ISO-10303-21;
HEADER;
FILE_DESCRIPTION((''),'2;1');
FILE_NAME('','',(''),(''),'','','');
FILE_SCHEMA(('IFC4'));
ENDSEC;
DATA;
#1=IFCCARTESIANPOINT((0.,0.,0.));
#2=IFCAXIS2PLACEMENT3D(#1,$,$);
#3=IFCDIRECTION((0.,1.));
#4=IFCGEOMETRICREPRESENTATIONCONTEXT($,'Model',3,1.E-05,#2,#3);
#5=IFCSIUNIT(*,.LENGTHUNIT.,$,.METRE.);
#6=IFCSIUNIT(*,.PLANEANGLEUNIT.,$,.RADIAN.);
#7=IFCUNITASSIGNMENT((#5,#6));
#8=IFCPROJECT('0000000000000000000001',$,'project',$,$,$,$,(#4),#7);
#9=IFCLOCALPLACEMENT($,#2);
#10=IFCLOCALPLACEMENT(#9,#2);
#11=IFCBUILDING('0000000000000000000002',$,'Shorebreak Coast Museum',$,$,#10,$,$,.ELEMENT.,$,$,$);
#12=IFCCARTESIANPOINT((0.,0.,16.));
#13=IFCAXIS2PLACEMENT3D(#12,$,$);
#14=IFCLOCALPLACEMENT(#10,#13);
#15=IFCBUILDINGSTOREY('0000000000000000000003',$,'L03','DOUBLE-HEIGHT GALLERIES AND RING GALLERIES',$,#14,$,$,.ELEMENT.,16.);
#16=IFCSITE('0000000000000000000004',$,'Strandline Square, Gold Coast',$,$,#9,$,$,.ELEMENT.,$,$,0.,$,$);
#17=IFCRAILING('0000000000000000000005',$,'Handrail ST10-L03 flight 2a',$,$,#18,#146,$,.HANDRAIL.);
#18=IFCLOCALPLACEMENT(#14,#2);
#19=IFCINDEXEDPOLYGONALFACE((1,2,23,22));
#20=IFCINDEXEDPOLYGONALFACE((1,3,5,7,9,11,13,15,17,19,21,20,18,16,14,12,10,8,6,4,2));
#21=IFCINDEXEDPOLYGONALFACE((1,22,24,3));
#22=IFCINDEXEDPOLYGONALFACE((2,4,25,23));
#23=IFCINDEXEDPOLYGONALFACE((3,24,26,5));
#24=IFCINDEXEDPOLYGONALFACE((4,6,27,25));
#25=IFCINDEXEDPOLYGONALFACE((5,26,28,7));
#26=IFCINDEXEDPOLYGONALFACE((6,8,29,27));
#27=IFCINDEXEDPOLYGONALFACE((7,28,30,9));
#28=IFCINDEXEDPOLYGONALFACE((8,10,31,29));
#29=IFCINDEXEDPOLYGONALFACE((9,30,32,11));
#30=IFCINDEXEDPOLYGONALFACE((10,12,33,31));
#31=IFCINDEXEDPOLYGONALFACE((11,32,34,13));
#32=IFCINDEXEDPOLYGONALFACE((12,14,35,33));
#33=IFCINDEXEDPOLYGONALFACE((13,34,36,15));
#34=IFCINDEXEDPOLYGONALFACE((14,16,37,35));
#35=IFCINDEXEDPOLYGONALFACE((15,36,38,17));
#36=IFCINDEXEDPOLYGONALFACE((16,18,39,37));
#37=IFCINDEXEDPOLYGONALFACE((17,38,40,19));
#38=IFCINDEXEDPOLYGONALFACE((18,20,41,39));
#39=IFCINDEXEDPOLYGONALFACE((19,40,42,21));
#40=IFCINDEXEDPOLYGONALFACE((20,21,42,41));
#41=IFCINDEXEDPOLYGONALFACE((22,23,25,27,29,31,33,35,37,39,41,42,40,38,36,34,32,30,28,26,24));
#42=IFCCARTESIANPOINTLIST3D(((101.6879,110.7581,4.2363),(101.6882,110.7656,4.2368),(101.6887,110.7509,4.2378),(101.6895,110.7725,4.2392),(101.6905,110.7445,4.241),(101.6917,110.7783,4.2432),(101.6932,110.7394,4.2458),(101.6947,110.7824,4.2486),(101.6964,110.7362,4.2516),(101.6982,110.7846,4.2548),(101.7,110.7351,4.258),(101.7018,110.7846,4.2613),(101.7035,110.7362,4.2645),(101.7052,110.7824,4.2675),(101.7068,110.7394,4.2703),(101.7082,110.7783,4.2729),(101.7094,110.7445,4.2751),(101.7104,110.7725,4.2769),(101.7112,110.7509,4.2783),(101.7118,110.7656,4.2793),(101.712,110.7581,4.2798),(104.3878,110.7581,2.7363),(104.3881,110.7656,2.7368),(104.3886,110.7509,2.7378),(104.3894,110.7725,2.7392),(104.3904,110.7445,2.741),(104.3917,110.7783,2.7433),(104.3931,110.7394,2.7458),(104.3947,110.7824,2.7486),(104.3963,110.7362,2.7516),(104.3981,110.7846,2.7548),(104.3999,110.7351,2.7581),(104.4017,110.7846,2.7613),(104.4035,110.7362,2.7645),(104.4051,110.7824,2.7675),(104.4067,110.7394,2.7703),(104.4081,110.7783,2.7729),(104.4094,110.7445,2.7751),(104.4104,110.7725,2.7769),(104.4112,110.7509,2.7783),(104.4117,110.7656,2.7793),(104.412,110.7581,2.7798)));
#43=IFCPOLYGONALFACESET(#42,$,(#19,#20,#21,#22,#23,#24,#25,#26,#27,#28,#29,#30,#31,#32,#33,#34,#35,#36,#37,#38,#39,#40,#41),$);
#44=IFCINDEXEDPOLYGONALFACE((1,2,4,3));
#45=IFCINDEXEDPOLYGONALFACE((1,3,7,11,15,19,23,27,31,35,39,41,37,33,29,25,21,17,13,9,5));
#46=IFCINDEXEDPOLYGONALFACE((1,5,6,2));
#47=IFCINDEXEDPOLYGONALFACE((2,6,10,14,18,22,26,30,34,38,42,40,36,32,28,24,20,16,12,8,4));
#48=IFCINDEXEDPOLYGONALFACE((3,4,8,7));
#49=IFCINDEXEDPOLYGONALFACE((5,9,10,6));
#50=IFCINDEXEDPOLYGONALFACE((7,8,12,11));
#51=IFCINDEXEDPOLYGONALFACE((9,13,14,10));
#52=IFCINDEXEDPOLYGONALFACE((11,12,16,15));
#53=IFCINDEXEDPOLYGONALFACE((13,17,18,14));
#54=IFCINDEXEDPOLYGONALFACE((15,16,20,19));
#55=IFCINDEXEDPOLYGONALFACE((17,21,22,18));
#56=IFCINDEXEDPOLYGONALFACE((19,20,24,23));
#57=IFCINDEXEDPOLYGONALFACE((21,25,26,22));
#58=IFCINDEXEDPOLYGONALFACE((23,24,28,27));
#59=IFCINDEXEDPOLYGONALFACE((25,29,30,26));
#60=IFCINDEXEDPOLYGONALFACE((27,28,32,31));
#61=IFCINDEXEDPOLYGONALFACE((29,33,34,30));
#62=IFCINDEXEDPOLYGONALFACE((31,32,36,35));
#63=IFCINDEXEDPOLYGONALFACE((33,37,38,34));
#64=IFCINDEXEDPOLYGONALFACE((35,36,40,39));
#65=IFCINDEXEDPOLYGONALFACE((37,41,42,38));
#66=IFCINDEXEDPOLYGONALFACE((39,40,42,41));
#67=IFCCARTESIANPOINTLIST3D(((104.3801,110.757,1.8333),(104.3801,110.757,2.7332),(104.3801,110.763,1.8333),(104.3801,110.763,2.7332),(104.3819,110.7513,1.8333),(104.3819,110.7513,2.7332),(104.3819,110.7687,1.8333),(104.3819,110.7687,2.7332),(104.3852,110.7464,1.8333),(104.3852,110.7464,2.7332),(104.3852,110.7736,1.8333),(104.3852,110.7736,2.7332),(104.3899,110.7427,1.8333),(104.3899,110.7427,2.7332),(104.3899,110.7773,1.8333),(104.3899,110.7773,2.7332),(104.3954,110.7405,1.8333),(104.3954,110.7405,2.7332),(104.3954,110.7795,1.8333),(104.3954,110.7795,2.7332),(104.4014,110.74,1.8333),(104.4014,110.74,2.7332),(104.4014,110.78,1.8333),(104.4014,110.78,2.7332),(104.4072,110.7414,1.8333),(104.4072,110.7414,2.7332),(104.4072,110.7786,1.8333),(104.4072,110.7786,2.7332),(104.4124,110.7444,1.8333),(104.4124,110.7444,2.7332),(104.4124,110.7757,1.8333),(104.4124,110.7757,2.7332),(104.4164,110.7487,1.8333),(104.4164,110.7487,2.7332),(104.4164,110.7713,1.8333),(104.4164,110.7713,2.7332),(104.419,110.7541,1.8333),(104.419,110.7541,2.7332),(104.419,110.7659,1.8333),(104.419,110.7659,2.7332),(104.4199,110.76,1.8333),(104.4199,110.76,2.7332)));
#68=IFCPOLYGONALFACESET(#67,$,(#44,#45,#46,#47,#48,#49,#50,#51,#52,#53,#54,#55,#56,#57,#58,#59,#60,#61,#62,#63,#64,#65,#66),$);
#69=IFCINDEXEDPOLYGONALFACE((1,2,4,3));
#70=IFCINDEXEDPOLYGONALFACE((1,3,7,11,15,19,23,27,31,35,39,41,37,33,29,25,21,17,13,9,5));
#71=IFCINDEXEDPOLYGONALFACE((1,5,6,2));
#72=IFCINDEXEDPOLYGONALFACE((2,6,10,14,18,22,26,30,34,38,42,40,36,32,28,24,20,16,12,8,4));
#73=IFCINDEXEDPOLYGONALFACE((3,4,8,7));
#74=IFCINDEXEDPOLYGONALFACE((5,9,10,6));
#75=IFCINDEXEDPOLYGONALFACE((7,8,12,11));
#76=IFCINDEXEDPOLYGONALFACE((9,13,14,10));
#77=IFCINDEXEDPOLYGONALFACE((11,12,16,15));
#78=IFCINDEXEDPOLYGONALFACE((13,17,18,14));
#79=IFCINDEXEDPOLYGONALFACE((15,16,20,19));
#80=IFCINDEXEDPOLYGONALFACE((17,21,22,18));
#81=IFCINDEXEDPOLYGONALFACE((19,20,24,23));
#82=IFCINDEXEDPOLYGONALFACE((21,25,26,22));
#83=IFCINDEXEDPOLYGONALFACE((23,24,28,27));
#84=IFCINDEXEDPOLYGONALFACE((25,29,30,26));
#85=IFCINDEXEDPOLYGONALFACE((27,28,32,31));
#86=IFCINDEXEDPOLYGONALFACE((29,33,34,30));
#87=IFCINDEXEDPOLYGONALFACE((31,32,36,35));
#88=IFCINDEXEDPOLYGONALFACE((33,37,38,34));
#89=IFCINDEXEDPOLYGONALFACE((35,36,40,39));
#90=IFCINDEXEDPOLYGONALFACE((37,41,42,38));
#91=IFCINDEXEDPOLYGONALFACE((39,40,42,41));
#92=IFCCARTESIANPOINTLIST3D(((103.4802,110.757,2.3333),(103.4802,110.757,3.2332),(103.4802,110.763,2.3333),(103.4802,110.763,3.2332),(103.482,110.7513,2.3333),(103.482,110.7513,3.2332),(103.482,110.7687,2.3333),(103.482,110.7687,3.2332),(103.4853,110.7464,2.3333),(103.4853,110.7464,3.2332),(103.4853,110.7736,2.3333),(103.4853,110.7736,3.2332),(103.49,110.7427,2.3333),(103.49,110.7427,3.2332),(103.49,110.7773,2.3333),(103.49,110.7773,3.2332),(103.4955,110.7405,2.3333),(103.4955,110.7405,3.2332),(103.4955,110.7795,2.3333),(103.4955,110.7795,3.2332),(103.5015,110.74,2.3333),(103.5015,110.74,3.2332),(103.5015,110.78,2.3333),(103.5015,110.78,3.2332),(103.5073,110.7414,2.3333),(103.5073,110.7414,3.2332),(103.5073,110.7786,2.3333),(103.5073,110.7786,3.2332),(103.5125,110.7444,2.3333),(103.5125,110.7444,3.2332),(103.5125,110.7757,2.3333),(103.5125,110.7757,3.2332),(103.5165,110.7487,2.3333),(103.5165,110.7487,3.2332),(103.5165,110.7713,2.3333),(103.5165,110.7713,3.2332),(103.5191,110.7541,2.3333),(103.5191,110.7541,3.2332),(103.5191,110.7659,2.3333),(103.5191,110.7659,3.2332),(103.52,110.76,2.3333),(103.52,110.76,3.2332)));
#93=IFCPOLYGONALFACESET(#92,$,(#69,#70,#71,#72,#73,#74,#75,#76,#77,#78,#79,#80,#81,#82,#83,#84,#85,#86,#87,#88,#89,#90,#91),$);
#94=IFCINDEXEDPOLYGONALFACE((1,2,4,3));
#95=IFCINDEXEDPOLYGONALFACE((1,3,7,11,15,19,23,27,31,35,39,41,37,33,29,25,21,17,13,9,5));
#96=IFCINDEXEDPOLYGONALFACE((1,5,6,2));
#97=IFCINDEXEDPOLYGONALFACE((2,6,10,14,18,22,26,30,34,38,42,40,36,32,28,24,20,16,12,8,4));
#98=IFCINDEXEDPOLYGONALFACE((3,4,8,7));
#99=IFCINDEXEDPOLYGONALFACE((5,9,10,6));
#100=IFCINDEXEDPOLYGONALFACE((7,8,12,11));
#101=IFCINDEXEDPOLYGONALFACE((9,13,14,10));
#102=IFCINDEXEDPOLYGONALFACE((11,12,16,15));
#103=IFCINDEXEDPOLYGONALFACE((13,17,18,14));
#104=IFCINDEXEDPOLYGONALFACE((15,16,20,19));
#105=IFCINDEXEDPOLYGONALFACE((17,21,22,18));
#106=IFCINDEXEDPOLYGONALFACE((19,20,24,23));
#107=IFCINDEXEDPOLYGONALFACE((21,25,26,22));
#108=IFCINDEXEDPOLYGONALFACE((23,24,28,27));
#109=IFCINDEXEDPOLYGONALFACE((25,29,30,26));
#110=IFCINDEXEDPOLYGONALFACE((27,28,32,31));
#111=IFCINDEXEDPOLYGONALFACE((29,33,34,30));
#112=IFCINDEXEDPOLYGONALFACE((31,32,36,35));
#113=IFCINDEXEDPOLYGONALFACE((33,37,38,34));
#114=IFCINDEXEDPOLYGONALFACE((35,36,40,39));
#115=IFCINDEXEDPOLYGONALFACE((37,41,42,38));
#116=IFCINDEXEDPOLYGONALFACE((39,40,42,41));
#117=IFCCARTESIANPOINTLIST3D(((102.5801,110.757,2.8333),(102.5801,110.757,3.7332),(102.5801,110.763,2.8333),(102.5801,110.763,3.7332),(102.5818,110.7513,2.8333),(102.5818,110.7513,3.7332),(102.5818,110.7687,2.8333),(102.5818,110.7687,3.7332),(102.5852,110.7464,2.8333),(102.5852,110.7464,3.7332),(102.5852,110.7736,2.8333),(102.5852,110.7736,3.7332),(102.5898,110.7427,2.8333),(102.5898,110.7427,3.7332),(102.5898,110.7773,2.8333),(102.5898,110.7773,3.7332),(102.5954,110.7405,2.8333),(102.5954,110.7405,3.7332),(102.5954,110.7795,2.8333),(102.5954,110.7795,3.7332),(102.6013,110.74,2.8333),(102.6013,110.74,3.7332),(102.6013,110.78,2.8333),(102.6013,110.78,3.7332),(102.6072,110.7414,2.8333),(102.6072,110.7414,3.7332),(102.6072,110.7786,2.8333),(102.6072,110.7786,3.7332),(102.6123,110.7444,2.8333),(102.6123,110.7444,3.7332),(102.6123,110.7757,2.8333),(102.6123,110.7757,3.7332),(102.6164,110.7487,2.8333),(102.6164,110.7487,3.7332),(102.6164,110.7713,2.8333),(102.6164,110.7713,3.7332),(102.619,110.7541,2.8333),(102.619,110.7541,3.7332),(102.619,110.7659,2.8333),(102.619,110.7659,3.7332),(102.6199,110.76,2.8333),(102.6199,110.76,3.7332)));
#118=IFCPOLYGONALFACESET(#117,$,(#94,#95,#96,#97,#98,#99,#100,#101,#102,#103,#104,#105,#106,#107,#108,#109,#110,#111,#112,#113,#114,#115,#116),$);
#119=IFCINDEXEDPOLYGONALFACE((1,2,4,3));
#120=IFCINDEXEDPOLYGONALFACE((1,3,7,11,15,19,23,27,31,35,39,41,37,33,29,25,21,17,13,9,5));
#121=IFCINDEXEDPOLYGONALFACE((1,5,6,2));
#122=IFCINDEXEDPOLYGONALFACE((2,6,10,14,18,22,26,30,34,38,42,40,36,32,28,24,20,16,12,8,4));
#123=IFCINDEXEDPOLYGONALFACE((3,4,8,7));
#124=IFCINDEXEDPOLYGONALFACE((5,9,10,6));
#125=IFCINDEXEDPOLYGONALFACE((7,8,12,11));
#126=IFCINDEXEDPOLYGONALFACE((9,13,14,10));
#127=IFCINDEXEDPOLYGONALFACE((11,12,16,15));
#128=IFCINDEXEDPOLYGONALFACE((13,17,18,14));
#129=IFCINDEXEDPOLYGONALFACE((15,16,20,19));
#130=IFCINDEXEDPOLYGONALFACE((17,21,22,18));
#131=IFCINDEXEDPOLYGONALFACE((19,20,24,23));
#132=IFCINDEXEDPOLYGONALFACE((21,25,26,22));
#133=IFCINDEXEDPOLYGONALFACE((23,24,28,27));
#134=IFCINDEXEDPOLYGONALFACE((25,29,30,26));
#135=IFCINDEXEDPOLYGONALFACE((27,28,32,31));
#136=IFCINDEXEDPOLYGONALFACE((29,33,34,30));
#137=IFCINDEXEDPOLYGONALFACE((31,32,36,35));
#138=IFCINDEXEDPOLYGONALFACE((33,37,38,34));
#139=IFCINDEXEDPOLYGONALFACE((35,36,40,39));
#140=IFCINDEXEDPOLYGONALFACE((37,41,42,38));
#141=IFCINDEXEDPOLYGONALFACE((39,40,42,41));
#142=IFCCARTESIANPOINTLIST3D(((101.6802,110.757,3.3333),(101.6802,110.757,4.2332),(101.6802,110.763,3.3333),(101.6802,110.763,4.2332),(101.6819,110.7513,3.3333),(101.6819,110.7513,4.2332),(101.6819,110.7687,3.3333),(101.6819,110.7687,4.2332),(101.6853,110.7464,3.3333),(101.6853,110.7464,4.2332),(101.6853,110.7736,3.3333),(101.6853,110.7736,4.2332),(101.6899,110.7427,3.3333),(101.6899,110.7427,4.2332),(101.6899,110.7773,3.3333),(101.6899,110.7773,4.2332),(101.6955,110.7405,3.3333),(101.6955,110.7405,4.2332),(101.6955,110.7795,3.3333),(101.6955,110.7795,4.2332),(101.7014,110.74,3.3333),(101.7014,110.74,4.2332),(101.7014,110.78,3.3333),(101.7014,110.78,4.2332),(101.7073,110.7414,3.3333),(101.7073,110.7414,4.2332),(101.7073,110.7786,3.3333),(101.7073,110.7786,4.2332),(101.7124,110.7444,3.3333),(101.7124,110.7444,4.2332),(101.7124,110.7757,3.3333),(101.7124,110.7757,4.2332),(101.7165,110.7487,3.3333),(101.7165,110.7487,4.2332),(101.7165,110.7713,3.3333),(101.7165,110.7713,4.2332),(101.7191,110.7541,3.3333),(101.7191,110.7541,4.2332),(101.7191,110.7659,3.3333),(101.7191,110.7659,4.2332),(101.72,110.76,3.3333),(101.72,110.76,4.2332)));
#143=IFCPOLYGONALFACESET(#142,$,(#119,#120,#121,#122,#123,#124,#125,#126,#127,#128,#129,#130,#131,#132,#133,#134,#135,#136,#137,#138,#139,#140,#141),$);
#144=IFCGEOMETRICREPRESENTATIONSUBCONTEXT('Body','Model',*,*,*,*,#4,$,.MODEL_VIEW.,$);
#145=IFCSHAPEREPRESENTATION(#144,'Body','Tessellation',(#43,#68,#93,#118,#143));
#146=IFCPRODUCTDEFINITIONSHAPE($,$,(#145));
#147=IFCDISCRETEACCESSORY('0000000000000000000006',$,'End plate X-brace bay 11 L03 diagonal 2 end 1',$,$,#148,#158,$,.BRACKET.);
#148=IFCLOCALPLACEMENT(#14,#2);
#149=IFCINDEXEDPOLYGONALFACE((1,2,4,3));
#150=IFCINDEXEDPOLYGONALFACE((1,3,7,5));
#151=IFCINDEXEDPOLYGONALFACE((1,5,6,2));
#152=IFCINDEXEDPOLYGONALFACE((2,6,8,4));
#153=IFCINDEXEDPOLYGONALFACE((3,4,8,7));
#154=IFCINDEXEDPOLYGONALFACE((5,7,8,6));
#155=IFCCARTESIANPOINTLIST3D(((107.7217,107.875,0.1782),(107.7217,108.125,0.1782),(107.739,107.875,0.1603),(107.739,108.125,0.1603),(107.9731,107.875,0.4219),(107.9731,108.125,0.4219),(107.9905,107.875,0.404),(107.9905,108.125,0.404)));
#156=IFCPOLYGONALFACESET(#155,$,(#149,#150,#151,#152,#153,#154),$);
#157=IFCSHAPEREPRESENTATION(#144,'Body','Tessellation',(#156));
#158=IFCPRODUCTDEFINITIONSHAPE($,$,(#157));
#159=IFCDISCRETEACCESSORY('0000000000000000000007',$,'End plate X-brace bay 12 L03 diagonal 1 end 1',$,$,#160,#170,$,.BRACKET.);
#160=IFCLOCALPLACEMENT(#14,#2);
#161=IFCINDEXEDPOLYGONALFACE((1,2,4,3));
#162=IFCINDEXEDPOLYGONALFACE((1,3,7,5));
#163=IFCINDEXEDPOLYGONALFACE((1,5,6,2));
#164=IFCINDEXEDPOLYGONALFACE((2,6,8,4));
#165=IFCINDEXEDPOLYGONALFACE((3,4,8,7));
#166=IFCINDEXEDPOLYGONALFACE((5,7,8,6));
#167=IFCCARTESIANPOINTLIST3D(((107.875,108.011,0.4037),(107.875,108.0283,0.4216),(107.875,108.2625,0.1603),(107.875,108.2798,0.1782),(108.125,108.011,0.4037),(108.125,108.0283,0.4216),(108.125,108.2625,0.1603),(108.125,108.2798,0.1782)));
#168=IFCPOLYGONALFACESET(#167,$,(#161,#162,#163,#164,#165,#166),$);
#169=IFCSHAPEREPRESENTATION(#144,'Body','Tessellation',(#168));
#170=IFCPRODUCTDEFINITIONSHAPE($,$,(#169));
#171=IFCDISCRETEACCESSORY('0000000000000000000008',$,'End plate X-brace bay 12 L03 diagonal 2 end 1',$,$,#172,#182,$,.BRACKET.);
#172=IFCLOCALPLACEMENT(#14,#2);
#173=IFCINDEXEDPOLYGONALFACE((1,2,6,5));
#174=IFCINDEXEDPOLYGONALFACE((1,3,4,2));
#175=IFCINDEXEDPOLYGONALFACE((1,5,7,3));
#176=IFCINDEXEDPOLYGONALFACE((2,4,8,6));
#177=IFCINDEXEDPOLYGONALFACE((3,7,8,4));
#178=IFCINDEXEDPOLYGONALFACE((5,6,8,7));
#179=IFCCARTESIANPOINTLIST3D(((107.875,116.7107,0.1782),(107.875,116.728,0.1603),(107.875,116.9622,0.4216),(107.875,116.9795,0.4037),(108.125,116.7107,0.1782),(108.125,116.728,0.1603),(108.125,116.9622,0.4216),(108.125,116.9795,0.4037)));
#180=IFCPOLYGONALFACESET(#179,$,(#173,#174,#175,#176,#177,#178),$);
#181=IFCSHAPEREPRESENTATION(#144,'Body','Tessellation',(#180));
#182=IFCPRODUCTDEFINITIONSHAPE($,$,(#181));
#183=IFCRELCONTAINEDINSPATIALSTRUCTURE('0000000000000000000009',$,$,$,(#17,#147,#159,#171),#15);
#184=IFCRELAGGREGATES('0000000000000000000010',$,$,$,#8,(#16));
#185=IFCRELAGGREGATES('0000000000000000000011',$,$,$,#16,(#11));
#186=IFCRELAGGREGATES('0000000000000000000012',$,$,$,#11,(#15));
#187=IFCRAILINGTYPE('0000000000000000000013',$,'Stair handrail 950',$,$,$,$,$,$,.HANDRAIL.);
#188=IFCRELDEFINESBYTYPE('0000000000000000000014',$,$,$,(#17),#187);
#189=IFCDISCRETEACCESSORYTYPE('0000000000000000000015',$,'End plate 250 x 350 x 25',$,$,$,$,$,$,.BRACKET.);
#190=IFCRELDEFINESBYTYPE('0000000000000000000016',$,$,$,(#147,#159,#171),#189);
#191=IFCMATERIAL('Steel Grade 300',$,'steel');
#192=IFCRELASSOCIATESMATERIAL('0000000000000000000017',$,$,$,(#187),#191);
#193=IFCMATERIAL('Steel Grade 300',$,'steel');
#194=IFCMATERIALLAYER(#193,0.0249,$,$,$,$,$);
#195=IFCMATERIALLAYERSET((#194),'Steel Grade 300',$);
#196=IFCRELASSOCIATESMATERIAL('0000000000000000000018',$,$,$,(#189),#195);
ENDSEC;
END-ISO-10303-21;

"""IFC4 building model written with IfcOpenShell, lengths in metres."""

from ifc_helpers import new_model, si_unit, direction, frame, origin, origin_2d, place, context, subcontext, project, spatial, polyline, circle, outline, extrude, material, layer, layer_set, type_object, element, save


model = new_model("IFC4")

# Units and contexts
model_context = context("Model", 3, precision=1e-05, world=origin(), true_north=direction((0.0, 1.0)))
body_context = subcontext(model_context, "Body", "Model", "MODEL_VIEW")
ifc_project = project(units=[si_unit("LENGTHUNIT", "METRE"), si_unit("PLANEANGLEUNIT", "RADIAN")], contexts=[model_context])

# Site, building, storey
site_placement = place(None, origin())
site = spatial("IfcSite", under=ifc_project, at=site_placement, Name="Strandline Square, Gold Coast", CompositionType="ELEMENT", RefElevation=0.0)
building_placement = place(site_placement, origin())
building = spatial("IfcBuilding", under=site, at=building_placement, Name="Shorebreak Coast Museum", CompositionType="ELEMENT")
storey_placement = place(building_placement, frame((0.0, 0.0, 16.0)))
storey = spatial("IfcBuildingStorey", under=building, at=storey_placement, Name="L03", Description="DOUBLE-HEIGHT GALLERIES AND RING GALLERIES", CompositionType="ELEMENT", Elevation=16.0)

# Railing
ifc_material_1 = material(Name="Steel Grade 300", Category="steel")
railing_type_1 = type_object("IfcRailingType", Name="Stair handrail 950", PredefinedType="HANDRAIL", material=ifc_material_1)
railing_1_placement = place(storey_placement, frame((104.3999, 110.76, 1.8333)))
element("IfcRailing", 1, at=railing_1_placement, inside=storey, type_object=railing_type_1, Name="Handrail ST10-L03 flight 2a", PredefinedType="HANDRAIL", context=body_context, shape_type="SweptSolid", body=[
    extrude(circle(Radius=0.0249, at=origin_2d()), frame((0.0, 0.0, 0.9248), z_axis=(-0.874154, 0.0, 0.48565), x_axis=(0.0, -1.0, 0.0)), (0.0, 0.0, 1.0), 3.0886),
    extrude(circle(Radius=0.02, at=origin_2d()), origin(), (0.0, 0.0, 1.0), 0.8999),
    extrude(circle(Radius=0.02, at=origin_2d()), frame((-0.8999, 0.0, 0.5)), (0.0, 0.0, 1.0), 0.8999),
    extrude(circle(Radius=0.02, at=origin_2d()), frame((-1.8, 0.0, 1.0)), (0.0, 0.0, 1.0), 0.8999),
    extrude(circle(Radius=0.02, at=origin_2d()), frame((-2.7, 0.0, 1.5)), (0.0, 0.0, 1.0), 0.8999),
])

# Discrete accessories
ifc_material_2 = material(Name="Steel Grade 300", Category="steel")
ifc_layer_1 = layer(ifc_material_2, 0.0249)
ifc_layer_set_1 = layer_set([ifc_layer_1], Name="Steel Grade 300")
discrete_accessory_type = type_object("IfcDiscreteAccessoryType", Name="End plate 250 x 350 x 25", PredefinedType="BRACKET", material=ifc_layer_set_1)
discrete_accessory_placement = place(storey_placement, frame((107.7217, 108.125, 0.1782), z_axis=(-0.695863, 0.0, 0.718175), x_axis=(0.0, -1.0, 0.0)))
element("IfcDiscreteAccessory", 2, at=discrete_accessory_placement, inside=storey, type_object=discrete_accessory_type, Name="End plate X-brace bay 11 L03 diagonal 2 end 1", PredefinedType="BRACKET", context=body_context, shape_type="SweptSolid", body=[
    extrude(outline(polyline([(0.0, 0.0), (0.25, 0.0), (0.25, 0.3501), (0.0, 0.3501), (0.0, 0.0)])), origin(), (0.0, 0.0, -1.0), 0.0249),
])
for number, where, z_axis, x_axis, name in (
    (3, (108.125, 108.2798, 0.1782), (0.0, 0.695503, 0.718523), (-1.0, 0.0, 0.0), "End plate X-brace bay 12 L03 diagonal 1 end 1"),
    (4, (107.875, 116.7107, 0.1782), (0.0, -0.695503, 0.718523), (1.0, 0.0, 0.0), "End plate X-brace bay 12 L03 diagonal 2 end 1"),
):
    element("IfcDiscreteAccessory", number, at=place(storey_placement, frame(where, z_axis=z_axis, x_axis=x_axis)), inside=storey, type_object=discrete_accessory_type, Name=name, PredefinedType="BRACKET", context=body_context, shape_type="SweptSolid", body=[
        extrude(outline(polyline([(0.0, 0.0), (0.25, 0.0), (0.25, 0.35), (0.0, 0.35), (0.0, 0.0)])), origin(), (0.0, 0.0, -1.0), 0.0249),
    ])

save(model, "model.ifc")
